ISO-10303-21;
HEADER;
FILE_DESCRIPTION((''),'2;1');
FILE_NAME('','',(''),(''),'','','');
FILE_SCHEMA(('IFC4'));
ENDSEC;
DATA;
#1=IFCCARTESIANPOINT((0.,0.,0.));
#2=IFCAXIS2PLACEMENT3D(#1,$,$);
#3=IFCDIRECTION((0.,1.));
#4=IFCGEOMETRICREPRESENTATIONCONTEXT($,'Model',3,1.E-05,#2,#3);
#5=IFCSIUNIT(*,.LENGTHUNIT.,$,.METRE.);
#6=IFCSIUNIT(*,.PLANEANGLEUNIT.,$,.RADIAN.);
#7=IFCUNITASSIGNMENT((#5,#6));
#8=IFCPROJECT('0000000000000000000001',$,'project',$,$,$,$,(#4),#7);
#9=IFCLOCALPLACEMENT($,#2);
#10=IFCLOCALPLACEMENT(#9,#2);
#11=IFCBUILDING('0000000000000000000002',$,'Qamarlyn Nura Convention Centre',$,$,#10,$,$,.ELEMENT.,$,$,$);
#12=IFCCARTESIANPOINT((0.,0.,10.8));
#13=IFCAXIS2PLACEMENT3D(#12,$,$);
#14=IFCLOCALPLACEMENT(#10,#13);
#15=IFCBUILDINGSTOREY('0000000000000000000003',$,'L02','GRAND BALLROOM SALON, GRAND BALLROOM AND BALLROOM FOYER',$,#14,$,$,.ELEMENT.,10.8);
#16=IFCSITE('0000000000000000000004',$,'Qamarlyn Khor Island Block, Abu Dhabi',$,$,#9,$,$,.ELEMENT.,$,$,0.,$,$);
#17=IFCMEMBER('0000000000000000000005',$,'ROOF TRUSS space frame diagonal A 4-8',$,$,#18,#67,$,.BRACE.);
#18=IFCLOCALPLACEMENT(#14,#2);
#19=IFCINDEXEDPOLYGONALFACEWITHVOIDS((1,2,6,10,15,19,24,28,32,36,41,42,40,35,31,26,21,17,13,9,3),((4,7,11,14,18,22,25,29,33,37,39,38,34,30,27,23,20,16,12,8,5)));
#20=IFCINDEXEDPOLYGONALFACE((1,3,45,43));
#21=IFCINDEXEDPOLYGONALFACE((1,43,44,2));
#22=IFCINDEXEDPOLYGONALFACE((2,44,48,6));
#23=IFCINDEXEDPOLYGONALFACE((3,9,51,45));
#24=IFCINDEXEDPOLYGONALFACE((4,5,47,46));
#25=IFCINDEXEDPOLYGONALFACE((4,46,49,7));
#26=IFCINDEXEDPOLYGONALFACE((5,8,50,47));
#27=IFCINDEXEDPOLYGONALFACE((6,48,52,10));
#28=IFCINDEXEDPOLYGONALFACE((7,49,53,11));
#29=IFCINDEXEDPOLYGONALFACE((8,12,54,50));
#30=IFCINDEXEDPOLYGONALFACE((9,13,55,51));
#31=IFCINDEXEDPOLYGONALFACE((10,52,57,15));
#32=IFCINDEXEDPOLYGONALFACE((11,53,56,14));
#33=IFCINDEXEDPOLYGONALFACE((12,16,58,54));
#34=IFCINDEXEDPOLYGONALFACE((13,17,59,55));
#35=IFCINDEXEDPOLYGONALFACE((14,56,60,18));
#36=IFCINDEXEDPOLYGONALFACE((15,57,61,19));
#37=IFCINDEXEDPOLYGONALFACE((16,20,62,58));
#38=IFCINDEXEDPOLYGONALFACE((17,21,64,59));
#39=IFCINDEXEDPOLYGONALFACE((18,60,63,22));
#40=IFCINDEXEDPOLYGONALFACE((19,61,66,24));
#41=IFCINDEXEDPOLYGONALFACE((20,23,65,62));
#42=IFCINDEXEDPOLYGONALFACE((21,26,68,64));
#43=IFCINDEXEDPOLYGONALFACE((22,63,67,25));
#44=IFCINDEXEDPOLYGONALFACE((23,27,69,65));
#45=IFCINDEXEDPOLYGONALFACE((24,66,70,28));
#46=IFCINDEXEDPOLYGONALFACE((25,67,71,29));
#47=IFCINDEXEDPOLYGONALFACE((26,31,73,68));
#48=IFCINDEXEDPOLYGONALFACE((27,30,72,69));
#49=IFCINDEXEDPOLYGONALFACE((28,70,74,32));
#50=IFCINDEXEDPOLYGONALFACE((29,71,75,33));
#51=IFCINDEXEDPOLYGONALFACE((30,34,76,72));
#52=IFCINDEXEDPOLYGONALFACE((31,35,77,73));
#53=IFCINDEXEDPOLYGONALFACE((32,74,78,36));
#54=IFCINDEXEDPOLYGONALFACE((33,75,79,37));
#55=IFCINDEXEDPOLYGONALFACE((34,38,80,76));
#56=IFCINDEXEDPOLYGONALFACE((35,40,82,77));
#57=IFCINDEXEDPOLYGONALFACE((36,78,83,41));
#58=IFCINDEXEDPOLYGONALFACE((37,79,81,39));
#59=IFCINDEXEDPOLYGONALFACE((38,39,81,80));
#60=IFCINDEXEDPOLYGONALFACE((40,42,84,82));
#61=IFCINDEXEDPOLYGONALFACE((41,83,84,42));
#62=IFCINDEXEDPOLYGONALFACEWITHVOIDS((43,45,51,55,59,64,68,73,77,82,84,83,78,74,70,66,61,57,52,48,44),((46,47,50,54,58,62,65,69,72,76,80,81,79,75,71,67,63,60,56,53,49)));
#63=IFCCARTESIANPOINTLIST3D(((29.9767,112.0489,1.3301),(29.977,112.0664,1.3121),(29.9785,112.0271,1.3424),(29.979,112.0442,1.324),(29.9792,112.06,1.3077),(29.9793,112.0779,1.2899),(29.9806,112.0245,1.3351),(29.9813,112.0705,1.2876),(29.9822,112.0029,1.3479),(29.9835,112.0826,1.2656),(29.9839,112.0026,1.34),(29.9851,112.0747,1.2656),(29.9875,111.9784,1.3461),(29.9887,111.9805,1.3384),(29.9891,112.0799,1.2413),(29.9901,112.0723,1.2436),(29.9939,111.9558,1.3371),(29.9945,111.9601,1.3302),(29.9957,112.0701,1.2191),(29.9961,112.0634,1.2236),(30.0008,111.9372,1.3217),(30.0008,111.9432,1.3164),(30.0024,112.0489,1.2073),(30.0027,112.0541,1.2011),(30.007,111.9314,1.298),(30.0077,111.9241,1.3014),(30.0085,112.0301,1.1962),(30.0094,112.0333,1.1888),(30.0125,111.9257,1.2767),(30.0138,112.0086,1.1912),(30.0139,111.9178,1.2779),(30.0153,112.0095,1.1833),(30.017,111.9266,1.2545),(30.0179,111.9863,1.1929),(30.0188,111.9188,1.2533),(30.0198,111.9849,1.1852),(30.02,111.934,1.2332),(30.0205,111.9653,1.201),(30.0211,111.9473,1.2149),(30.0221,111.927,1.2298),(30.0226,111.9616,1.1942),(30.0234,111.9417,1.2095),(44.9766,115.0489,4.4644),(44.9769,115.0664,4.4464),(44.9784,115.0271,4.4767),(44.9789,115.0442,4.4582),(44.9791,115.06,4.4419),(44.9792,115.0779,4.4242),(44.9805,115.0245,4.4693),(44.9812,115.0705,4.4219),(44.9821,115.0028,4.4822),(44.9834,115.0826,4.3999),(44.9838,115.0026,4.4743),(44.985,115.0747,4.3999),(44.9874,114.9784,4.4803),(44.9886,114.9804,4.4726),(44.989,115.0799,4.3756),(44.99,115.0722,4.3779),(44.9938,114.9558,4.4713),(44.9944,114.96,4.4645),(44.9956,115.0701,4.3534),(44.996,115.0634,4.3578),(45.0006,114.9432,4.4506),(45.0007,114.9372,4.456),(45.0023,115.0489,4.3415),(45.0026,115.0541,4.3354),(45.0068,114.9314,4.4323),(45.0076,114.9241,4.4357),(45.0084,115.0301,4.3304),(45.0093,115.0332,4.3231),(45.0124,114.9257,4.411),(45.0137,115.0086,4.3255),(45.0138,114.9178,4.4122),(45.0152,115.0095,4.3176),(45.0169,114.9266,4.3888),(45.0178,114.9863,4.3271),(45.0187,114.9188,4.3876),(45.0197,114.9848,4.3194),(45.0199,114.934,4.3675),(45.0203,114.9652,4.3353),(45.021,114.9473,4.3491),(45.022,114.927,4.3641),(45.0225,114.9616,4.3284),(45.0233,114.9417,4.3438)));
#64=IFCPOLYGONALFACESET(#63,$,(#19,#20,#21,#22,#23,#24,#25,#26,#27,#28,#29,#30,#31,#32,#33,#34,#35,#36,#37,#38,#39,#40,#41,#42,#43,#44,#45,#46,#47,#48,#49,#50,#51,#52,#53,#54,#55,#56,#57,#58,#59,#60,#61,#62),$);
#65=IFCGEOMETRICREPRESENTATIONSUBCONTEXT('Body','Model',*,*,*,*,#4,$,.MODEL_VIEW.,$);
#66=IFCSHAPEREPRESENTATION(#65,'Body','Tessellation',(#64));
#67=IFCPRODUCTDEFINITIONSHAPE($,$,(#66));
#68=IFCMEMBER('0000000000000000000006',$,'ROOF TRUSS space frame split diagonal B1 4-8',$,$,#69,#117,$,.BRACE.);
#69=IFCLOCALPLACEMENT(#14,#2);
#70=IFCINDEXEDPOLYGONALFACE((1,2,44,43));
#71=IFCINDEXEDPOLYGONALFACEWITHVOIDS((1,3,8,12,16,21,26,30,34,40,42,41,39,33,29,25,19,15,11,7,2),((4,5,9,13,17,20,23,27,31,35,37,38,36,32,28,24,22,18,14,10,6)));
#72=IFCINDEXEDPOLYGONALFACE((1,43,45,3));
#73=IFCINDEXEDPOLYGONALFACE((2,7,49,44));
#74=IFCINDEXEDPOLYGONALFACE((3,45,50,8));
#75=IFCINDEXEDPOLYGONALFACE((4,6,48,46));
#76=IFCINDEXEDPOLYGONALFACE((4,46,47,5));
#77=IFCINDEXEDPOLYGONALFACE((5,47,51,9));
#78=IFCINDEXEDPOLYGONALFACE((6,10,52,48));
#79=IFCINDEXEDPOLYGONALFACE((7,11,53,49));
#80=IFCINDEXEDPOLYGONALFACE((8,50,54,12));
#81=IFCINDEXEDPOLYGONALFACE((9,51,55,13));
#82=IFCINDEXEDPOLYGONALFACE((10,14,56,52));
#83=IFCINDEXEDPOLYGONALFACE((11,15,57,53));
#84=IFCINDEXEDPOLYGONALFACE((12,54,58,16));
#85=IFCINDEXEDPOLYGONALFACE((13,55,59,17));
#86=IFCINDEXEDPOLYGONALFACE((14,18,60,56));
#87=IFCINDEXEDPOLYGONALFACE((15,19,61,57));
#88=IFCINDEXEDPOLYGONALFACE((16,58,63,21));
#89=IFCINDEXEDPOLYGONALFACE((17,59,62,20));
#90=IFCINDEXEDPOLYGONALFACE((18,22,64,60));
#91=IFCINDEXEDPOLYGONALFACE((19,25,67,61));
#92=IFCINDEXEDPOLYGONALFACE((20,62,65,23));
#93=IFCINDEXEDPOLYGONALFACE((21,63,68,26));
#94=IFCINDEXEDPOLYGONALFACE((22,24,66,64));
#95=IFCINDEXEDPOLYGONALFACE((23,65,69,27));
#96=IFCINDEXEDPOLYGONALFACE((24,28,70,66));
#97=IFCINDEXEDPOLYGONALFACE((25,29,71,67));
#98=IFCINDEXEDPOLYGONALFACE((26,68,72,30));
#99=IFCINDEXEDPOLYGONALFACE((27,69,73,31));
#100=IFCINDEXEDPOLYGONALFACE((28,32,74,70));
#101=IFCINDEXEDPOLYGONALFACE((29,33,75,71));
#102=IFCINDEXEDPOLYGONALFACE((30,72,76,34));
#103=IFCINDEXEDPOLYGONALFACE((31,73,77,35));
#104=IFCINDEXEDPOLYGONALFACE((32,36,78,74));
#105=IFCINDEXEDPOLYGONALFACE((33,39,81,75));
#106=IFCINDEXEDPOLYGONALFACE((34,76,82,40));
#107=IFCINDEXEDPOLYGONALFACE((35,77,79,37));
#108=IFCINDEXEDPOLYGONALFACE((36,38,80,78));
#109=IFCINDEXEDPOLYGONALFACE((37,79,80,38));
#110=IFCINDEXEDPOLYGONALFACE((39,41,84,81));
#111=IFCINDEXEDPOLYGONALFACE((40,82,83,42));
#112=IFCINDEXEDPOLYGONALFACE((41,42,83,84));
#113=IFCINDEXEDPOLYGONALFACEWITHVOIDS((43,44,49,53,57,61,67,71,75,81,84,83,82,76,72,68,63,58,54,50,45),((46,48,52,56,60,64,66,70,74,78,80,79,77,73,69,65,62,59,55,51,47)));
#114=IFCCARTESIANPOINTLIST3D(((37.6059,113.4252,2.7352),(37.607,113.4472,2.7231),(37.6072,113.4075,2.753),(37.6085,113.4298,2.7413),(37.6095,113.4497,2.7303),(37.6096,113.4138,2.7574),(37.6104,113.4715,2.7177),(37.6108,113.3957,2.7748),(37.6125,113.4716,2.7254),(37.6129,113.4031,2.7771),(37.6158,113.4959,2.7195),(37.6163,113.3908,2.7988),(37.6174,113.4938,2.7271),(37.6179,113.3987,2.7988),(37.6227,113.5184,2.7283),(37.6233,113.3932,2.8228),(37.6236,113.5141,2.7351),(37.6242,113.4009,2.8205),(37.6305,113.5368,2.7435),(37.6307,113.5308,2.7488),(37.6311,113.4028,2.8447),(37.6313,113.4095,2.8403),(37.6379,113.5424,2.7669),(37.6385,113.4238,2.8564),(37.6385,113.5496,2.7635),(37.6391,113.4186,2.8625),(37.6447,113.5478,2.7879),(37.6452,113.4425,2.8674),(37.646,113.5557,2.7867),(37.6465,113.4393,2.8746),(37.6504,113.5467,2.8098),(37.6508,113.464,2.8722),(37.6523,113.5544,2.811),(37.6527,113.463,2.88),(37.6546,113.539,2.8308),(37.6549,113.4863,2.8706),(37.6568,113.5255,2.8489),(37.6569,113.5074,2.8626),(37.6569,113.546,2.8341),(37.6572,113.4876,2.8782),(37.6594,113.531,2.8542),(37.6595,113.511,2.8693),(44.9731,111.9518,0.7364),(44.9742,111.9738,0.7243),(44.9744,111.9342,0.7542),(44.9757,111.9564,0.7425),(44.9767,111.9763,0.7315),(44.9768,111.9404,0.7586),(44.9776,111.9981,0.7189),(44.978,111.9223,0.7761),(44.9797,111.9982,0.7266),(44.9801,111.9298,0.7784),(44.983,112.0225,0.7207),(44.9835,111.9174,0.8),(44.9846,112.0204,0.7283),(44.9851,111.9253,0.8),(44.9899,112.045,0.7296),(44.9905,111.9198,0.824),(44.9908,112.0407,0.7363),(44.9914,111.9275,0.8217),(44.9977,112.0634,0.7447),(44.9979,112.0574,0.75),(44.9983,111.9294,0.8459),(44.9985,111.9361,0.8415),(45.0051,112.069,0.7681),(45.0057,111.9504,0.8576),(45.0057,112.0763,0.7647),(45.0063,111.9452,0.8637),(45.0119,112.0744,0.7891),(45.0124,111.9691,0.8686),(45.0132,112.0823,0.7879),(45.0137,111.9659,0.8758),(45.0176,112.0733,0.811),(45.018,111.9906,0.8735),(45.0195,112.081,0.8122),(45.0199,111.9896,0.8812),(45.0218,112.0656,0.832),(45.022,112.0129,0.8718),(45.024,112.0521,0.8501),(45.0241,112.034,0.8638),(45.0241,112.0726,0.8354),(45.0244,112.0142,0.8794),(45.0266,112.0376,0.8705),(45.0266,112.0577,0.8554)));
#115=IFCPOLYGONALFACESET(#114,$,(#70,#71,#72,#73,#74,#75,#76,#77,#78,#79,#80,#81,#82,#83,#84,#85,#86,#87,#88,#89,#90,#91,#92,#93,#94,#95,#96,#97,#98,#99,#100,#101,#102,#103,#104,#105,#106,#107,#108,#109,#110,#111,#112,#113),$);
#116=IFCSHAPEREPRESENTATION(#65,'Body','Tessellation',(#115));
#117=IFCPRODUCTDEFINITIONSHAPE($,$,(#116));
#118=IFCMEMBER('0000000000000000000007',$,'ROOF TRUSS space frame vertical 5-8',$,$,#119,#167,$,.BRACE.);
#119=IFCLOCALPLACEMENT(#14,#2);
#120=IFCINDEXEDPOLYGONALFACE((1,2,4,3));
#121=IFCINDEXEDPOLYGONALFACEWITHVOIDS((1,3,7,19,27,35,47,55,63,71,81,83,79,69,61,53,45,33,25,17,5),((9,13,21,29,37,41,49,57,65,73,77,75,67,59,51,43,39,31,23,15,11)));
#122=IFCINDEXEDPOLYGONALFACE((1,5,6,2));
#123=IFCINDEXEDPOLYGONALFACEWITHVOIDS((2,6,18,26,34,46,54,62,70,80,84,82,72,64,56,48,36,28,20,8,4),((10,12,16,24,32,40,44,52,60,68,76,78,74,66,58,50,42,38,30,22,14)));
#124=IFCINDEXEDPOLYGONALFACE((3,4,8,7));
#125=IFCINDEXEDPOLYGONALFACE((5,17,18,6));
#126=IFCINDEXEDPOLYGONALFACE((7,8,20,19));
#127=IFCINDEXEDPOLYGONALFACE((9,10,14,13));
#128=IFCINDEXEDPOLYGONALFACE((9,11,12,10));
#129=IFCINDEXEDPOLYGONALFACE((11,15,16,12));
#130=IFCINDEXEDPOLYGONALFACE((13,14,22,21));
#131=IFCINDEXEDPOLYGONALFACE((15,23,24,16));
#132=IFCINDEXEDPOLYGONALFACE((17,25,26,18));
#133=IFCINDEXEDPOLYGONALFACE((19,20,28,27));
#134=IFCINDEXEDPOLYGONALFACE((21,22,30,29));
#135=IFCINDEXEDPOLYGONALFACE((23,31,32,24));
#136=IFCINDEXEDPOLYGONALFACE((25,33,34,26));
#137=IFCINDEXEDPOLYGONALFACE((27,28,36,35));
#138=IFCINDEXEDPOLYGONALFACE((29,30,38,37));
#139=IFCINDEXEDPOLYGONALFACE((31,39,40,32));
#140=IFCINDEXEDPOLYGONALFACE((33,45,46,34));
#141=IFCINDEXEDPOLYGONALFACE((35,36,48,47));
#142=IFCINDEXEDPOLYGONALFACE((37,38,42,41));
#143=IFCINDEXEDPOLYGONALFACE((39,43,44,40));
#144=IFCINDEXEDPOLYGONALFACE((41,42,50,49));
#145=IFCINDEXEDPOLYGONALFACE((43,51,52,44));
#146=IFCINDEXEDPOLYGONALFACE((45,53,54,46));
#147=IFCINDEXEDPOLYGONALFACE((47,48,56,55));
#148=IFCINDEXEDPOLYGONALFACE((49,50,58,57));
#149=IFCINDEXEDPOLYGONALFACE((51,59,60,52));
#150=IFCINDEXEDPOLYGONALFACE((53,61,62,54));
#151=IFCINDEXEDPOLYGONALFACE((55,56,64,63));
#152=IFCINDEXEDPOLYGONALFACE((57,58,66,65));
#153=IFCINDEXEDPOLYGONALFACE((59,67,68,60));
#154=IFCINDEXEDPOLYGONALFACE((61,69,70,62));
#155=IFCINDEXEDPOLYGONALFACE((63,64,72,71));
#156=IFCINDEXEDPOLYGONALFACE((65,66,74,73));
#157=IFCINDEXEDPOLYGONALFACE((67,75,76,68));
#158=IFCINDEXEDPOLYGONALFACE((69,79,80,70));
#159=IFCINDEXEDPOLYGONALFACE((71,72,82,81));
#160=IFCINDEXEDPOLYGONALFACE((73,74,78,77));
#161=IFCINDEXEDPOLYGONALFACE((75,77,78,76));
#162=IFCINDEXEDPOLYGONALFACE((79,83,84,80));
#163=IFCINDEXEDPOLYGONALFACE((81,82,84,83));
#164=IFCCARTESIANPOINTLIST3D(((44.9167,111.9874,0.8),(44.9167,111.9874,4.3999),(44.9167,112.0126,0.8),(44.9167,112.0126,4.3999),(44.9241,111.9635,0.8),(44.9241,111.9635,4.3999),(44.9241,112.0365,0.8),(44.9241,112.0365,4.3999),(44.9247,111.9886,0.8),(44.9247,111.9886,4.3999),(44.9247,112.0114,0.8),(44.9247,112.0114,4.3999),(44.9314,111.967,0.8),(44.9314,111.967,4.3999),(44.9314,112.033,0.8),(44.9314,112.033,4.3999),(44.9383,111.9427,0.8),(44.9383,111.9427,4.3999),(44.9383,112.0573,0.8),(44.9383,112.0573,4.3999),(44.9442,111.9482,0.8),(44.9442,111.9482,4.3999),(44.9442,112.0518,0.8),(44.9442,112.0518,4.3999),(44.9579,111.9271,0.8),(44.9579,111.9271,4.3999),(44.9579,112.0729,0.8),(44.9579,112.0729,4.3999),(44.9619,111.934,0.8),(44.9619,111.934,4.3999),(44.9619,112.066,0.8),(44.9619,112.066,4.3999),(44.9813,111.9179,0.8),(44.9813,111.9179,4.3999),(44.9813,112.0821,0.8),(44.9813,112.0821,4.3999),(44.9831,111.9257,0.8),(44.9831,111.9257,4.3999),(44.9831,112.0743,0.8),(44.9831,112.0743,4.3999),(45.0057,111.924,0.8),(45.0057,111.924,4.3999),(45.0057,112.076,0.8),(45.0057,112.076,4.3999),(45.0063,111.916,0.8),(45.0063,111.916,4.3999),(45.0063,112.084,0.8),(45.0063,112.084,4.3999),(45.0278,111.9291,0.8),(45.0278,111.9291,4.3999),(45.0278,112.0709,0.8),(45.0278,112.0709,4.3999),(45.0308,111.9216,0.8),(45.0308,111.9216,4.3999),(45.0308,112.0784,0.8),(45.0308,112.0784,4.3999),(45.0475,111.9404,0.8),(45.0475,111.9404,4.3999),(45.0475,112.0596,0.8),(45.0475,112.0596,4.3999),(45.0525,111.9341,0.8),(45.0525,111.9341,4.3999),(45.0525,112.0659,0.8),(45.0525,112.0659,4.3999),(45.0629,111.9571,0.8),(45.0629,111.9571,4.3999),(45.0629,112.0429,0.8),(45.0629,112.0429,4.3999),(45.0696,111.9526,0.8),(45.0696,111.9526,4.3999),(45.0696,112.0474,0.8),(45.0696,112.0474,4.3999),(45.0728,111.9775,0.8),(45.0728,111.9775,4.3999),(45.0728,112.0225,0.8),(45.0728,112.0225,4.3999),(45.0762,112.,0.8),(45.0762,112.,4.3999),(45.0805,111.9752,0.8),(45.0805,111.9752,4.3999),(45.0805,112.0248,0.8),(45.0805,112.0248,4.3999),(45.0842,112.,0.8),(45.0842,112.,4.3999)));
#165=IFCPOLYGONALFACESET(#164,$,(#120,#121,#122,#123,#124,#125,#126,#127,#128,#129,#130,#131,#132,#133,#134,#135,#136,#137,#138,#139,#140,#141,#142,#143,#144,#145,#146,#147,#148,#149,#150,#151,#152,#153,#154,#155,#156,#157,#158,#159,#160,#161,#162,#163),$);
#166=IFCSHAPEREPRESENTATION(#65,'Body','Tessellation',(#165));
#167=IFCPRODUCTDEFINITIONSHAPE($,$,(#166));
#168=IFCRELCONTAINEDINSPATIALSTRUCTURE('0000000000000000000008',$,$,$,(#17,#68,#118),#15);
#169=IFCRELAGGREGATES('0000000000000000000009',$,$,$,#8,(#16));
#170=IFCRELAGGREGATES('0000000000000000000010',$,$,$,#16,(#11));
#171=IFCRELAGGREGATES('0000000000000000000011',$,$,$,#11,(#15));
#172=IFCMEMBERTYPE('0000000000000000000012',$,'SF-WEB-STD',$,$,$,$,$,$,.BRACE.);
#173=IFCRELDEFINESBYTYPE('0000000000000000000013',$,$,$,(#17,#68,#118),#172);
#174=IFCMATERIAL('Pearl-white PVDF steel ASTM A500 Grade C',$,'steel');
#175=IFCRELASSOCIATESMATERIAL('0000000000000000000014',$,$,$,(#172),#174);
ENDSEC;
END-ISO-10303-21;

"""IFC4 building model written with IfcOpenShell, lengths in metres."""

from ifc_helpers import new_model, si_unit, direction, frame, origin, origin_2d, place, context, subcontext, project, spatial, hollow_circle, extrude, material, material_profile, profile_set, type_object, element, save


model = new_model("IFC4")

# Units and contexts
model_context = context("Model", 3, precision=1e-05, world=origin(), true_north=direction((0.0, 1.0)))
body_context = subcontext(model_context, "Body", "Model", "MODEL_VIEW")
ifc_project = project(units=[si_unit("LENGTHUNIT", "METRE"), si_unit("PLANEANGLEUNIT", "RADIAN")], contexts=[model_context])

# Site, building, storey
site_placement = place(None, origin())
site = spatial("IfcSite", under=ifc_project, at=site_placement, Name="Qamarlyn Khor Island Block, Abu Dhabi", CompositionType="ELEMENT", RefElevation=0.0)
building_placement = place(site_placement, origin())
building = spatial("IfcBuilding", under=site, at=building_placement, Name="Qamarlyn Nura Convention Centre", CompositionType="ELEMENT")
storey_placement = place(building_placement, frame((0.0, 0.0, 10.8)))
storey = spatial("IfcBuildingStorey", under=building, at=storey_placement, Name="L02", Description="GRAND BALLROOM SALON, GRAND BALLROOM AND BALLROOM FOYER", CompositionType="ELEMENT", Elevation=10.8)

# Members
ifc_material_1 = material(Name="Pearl-white PVDF steel ASTM A500 Grade C", Category="steel")
ifc_material_profile_1 = material_profile(ifc_material_1, hollow_circle(Radius=0.0842, WallThickness=0.0081, at=origin_2d()), Name="CHS168.3X8")
ifc_profile_set_1 = profile_set([ifc_material_profile_1], Name="Pearl-white PVDF steel ASTM A500 Grade C")
member_type_1 = type_object("IfcMemberType", Name="SF-WEB-STD", PredefinedType="BRACE", material=ifc_profile_set_1)
member_1_placement = place(storey_placement, frame((30.0, 112.0, 1.2656), z_axis=(0.960624, 0.192125, 0.200724), x_axis=(-0.196116, 0.980581, 0.0)))
element("IfcMember", 1, at=member_1_placement, inside=storey, type_object=member_type_1, Name="ROOF TRUSS space frame diagonal A 4-8", PredefinedType="BRACE", context=body_context, shape_type="SweptSolid", body=[
    extrude(hollow_circle(Radius=0.0842, WallThickness=0.0081, at=origin_2d()), origin(), (0.0, 0.0, 1.0), 15.6147),
])
member_2_placement = place(storey_placement, frame((45.0, 112.0, 0.8), z_axis=(-0.94762, 0.189518, 0.257097), x_axis=(-0.19611, -0.980582, 0.0)))
element("IfcMember", 2, at=member_2_placement, inside=storey, type_object=member_type_1, Name="ROOF TRUSS space frame split diagonal B1 4-8", PredefinedType="BRACE", context=body_context, shape_type="SweptSolid", body=[
    extrude(hollow_circle(Radius=0.0842, WallThickness=0.0081, at=origin_2d()), origin(), (0.0, 0.0, 1.0), 7.7744),
])
member_3_placement = place(storey_placement, frame((45.0, 112.0, 0.8), z_axis=(0.0, 0.0, 1.0), x_axis=(1.0, 0.0, 0.0)))
element("IfcMember", 3, at=member_3_placement, inside=storey, type_object=member_type_1, Name="ROOF TRUSS space frame vertical 5-8", PredefinedType="BRACE", context=body_context, shape_type="SweptSolid", body=[
    extrude(hollow_circle(Radius=0.0842, WallThickness=0.0081, at=origin_2d()), origin(), (0.0, 0.0, 1.0), 3.5999),
])

save(model, "model.ifc")
